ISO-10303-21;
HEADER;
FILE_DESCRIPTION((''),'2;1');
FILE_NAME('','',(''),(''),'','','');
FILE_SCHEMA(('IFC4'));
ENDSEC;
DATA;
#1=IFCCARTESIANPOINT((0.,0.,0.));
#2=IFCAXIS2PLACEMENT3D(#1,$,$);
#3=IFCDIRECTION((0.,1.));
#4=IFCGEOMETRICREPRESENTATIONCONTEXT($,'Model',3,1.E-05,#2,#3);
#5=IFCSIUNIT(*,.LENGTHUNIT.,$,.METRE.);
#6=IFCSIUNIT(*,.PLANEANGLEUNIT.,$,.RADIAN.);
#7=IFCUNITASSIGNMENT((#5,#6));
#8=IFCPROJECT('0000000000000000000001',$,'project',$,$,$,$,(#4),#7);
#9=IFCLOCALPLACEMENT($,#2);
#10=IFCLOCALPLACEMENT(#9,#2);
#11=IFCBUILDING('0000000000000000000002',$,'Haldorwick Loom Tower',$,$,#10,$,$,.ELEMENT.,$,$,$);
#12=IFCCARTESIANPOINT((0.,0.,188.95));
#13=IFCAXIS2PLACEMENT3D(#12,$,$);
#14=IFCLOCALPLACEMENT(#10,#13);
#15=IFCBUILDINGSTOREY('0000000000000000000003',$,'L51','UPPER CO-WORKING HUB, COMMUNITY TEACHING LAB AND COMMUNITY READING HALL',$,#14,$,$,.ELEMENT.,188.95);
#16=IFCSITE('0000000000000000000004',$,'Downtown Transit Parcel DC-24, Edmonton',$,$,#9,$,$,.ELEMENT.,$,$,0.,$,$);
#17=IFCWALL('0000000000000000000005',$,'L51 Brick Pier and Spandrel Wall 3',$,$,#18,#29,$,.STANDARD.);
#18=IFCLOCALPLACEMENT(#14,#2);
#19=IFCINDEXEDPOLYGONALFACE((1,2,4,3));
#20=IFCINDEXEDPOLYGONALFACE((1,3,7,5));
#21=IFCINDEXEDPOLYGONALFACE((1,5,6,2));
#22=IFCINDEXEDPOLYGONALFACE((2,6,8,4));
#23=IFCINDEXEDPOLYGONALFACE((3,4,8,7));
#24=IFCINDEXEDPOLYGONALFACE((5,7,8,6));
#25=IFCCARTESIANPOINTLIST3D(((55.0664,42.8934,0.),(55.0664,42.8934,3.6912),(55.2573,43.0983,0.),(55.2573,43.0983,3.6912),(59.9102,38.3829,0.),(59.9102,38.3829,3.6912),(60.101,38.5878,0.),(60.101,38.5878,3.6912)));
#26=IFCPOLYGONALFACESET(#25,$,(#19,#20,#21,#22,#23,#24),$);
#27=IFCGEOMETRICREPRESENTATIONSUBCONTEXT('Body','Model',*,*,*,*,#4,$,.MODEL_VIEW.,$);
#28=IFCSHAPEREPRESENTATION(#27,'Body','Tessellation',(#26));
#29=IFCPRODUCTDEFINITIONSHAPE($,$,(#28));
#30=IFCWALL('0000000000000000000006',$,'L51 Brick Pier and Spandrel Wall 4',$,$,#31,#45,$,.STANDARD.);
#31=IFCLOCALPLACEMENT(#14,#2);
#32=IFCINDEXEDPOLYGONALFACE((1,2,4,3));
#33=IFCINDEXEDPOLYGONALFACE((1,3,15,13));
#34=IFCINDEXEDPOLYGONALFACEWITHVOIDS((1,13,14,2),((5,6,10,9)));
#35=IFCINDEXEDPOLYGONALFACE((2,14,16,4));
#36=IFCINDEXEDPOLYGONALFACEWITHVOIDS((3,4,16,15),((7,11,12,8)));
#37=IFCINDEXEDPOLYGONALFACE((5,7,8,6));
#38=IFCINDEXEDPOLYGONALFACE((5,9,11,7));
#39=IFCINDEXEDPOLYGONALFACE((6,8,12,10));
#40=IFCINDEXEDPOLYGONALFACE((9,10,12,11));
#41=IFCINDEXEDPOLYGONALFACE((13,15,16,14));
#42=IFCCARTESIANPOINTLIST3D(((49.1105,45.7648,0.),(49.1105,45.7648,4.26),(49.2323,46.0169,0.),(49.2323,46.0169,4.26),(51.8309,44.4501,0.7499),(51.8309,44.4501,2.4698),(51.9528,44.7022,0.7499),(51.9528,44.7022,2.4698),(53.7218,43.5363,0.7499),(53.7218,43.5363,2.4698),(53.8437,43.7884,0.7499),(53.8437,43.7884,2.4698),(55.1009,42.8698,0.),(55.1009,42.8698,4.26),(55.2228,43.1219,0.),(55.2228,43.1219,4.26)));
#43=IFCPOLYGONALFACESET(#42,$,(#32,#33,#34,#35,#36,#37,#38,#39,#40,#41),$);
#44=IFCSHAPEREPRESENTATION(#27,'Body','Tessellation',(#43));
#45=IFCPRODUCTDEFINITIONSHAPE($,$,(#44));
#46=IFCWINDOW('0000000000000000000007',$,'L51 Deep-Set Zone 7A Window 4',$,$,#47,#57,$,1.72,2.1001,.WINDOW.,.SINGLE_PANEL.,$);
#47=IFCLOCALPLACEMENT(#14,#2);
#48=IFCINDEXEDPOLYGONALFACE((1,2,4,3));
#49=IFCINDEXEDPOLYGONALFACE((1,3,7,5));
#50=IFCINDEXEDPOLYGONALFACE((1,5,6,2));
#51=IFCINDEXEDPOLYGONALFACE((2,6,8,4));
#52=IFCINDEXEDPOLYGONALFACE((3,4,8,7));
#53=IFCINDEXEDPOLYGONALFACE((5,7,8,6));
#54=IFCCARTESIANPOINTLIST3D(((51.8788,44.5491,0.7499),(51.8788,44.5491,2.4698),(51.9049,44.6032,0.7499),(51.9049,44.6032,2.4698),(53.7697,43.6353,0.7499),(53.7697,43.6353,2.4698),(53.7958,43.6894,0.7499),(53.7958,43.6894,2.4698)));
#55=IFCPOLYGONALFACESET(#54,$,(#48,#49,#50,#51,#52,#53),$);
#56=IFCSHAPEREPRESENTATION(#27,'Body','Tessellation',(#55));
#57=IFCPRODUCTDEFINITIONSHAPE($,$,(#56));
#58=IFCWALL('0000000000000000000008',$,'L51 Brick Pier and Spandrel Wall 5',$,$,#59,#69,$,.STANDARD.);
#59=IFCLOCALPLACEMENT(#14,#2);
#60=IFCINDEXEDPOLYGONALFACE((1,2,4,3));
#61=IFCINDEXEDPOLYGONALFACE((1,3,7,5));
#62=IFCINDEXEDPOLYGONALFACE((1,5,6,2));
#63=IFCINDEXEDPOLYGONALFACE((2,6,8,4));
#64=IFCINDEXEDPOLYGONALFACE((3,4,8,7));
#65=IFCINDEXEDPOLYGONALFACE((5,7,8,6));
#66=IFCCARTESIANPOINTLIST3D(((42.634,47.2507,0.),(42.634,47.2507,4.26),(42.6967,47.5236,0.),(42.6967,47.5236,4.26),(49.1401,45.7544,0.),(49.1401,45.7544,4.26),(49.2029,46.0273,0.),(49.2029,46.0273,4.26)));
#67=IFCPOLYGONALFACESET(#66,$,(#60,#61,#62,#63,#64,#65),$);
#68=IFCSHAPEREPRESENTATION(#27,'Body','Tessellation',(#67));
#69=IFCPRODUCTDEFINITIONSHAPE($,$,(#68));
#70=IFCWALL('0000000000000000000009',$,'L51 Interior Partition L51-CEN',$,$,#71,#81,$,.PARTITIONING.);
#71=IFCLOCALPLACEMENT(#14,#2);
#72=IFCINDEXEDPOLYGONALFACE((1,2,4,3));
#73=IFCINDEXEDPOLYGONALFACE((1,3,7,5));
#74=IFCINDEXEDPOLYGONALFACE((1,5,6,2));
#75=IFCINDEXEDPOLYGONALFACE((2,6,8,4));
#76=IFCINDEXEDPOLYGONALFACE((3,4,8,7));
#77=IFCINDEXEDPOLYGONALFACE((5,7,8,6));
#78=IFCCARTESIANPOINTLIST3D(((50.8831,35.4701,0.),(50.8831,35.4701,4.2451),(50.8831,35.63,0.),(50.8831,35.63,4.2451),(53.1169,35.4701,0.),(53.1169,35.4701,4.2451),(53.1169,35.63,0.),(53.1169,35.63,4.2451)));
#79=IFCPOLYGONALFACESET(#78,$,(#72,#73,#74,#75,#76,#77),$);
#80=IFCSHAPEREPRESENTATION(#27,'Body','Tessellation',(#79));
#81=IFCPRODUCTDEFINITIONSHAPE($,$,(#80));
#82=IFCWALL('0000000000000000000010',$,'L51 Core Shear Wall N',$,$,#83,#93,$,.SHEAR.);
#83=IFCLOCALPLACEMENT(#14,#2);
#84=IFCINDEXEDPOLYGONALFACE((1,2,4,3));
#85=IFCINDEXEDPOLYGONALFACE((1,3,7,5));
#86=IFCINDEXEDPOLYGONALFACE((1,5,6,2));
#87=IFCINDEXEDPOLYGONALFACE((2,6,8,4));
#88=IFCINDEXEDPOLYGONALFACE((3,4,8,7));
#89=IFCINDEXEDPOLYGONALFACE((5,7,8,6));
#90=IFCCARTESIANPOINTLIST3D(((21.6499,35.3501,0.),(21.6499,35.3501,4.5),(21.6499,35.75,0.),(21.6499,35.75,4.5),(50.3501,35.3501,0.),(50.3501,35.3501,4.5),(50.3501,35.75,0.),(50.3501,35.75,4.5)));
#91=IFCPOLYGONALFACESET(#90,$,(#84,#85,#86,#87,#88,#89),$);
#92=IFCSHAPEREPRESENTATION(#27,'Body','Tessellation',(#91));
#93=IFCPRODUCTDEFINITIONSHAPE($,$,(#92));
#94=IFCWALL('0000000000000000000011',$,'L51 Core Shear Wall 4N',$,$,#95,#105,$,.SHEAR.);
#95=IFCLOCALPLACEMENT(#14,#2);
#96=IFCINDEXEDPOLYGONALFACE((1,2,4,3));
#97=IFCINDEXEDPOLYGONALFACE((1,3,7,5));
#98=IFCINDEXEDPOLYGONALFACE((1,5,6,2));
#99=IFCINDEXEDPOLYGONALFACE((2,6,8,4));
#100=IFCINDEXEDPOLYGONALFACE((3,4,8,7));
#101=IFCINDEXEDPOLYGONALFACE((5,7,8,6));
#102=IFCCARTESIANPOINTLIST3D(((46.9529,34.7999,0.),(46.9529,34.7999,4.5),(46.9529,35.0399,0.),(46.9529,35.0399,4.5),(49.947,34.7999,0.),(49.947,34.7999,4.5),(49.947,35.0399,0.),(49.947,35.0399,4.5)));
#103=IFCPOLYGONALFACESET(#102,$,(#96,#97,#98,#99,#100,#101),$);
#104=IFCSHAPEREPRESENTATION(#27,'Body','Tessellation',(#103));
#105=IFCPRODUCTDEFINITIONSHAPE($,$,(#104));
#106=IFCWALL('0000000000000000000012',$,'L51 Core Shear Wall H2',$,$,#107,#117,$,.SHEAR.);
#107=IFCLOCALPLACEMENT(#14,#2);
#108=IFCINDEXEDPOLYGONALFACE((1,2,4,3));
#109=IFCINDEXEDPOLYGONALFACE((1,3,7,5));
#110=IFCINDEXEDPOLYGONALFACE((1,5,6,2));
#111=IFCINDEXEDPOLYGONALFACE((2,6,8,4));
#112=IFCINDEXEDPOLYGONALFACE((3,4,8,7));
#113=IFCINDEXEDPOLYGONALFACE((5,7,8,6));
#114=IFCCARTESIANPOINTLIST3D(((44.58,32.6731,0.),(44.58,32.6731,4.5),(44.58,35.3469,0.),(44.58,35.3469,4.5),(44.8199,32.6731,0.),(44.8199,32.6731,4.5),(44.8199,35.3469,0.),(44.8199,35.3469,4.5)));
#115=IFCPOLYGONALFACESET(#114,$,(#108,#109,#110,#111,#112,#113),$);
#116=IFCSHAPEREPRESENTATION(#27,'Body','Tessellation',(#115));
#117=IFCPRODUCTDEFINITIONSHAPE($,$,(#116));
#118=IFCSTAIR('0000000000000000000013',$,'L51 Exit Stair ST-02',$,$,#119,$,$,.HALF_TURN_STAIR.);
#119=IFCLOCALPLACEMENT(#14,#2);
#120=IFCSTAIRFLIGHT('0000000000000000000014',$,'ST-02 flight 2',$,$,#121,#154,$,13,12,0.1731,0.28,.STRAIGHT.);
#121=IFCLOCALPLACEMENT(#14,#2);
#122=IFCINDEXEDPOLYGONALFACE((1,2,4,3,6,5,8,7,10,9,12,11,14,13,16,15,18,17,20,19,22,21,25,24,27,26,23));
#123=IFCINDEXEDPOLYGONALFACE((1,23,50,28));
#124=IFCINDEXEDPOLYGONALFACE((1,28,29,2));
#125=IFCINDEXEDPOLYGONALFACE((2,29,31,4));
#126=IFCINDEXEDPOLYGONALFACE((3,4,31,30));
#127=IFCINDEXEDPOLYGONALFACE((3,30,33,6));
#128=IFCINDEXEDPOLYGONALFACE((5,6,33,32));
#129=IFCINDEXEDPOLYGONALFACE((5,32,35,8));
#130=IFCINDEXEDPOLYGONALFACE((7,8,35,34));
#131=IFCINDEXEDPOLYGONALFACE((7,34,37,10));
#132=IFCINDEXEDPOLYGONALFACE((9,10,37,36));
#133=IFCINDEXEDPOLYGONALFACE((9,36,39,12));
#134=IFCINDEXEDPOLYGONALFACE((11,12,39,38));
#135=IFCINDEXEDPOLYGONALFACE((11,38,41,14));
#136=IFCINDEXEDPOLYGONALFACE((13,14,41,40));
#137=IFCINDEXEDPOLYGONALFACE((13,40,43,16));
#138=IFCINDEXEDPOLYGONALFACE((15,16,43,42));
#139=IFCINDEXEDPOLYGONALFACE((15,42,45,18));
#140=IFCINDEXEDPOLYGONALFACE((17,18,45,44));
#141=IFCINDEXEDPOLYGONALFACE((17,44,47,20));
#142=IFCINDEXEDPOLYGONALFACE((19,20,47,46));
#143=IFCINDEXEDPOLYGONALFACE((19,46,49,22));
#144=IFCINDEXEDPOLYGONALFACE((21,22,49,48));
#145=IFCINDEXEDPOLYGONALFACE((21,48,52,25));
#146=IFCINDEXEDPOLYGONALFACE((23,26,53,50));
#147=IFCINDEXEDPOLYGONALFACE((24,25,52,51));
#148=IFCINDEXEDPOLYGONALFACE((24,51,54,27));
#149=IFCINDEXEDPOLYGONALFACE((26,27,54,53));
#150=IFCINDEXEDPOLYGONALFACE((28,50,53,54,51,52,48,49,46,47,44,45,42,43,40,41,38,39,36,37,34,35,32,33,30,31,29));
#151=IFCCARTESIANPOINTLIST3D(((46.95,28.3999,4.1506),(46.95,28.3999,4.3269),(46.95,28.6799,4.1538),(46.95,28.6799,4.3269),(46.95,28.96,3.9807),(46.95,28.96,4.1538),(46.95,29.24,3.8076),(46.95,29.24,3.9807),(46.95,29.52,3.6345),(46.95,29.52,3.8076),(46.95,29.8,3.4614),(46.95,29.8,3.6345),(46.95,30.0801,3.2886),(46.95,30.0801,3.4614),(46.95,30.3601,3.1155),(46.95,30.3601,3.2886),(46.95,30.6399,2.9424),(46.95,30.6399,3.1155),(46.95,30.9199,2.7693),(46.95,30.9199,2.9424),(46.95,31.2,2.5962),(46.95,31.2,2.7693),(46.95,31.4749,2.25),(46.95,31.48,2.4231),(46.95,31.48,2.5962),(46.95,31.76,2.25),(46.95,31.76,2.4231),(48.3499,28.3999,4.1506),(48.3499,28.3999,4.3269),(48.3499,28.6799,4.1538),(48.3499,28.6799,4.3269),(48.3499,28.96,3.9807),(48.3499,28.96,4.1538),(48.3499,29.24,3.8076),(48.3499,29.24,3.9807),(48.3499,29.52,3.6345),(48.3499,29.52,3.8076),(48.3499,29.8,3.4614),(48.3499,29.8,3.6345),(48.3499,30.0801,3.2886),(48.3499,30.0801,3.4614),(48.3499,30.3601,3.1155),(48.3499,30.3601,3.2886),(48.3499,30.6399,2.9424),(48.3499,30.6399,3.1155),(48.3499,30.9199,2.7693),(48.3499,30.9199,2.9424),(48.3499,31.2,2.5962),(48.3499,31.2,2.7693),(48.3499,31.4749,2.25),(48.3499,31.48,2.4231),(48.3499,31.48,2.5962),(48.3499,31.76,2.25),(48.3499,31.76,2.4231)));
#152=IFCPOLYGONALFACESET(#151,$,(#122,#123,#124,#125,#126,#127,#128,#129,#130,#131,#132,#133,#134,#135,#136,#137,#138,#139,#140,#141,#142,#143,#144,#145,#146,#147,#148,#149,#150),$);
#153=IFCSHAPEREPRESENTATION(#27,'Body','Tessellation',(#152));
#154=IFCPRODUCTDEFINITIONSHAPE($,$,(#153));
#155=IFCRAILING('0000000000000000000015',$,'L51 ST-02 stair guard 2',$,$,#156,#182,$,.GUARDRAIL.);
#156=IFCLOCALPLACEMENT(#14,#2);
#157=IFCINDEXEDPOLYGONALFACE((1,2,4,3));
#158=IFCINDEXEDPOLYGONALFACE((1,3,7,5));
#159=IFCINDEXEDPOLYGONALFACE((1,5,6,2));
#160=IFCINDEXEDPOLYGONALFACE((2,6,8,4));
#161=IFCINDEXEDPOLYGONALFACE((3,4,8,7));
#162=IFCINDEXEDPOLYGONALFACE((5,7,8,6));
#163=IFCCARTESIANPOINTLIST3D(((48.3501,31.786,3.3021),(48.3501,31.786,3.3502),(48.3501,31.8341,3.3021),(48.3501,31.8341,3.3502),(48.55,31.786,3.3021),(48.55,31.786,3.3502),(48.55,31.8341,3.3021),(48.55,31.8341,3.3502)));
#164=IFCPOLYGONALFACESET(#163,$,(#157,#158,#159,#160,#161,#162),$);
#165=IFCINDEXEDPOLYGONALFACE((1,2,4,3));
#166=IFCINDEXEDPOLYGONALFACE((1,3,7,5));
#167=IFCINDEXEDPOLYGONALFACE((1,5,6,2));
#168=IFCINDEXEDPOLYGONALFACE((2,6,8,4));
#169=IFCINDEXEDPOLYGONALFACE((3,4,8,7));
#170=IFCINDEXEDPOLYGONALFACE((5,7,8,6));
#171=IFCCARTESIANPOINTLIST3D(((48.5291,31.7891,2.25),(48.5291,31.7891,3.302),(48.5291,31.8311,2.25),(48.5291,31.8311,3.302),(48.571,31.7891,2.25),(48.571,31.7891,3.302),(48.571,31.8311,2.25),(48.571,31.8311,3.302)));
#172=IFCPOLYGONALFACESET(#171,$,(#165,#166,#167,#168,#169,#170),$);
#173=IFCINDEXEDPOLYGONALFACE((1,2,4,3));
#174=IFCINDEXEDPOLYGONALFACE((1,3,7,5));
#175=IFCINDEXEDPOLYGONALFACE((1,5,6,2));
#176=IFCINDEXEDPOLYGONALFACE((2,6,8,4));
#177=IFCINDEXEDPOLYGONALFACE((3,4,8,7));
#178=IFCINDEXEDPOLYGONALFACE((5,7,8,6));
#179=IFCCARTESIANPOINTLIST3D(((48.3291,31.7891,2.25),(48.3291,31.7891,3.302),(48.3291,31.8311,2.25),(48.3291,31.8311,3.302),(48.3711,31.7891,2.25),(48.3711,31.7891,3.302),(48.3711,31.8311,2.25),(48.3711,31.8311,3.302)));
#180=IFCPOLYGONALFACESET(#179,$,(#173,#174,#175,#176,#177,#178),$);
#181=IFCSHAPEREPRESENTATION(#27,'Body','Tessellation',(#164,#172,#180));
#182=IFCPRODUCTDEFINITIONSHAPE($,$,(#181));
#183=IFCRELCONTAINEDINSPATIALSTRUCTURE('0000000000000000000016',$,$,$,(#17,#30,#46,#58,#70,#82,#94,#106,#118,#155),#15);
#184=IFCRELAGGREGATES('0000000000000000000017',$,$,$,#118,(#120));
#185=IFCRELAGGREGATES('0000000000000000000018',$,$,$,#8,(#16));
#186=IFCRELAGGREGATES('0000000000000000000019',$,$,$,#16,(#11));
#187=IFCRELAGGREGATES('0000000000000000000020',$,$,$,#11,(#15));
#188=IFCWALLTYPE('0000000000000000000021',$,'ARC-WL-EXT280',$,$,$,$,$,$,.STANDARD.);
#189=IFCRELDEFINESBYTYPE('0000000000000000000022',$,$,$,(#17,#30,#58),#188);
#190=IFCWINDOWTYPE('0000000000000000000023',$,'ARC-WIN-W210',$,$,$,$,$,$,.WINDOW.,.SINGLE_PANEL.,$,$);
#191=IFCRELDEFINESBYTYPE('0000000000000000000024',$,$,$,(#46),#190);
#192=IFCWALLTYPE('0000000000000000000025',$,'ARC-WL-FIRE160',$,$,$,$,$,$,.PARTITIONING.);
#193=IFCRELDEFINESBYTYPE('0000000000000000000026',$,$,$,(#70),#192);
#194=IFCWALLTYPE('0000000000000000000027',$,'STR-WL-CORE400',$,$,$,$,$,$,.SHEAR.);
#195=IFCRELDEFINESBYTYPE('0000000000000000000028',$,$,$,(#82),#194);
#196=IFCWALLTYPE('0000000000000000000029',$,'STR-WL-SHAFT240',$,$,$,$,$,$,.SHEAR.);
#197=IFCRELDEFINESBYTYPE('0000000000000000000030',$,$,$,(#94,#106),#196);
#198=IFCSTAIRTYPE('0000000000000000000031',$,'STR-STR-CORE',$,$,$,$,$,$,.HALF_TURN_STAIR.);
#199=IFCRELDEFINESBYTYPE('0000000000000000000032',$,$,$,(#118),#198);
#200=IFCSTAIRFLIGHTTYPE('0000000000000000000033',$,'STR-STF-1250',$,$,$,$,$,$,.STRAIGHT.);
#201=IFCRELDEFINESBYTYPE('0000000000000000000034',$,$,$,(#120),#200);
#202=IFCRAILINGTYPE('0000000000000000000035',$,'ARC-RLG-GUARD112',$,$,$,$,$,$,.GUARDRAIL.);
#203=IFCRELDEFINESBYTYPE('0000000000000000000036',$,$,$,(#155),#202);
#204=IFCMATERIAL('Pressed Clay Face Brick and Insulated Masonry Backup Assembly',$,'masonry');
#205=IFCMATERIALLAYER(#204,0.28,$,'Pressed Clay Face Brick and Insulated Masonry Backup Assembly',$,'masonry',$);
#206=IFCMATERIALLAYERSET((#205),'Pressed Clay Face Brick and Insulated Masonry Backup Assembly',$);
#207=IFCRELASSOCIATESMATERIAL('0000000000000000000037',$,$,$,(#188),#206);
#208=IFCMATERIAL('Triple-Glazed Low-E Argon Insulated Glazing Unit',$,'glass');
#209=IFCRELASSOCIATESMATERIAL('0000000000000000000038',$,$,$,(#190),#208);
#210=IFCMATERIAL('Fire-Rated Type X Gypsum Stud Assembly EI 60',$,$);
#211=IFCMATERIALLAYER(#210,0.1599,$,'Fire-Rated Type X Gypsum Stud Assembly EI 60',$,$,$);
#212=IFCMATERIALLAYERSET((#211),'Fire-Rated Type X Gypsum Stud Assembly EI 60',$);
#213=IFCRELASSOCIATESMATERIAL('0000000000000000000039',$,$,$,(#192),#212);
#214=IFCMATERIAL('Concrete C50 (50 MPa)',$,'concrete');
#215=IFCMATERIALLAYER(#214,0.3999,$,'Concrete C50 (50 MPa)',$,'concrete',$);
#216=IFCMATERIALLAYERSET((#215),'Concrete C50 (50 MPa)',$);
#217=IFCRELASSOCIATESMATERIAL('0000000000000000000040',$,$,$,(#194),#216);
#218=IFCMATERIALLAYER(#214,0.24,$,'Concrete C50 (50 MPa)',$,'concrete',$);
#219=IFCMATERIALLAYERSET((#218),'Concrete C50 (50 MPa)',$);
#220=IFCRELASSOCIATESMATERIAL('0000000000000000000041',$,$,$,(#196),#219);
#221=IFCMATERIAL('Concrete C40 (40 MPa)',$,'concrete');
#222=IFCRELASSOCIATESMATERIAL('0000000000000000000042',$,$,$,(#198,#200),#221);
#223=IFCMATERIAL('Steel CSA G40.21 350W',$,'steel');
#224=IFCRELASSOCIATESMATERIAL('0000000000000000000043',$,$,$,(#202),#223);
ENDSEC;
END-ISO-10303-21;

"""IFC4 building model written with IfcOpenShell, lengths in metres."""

from ifc_helpers import new_model, si_unit, direction, frame, frame_2d, origin, origin_2d, place, context, subcontext, project, spatial, polyline, rectangle, outline, extrude, material, layer, layer_set, type_object, element, fill, aggregate, save


model = new_model("IFC4")

# Units and contexts
model_context = context("Model", 3, precision=1e-05, world=origin(), true_north=direction((0.0, 1.0)))
body_context = subcontext(model_context, "Body", "Model", "MODEL_VIEW")
ifc_project = project(units=[si_unit("LENGTHUNIT", "METRE"), si_unit("PLANEANGLEUNIT", "RADIAN")], contexts=[model_context])

# Site, building, storey
site_placement = place(None, origin())
site = spatial("IfcSite", under=ifc_project, at=site_placement, Name="Downtown Transit Parcel DC-24, Edmonton", CompositionType="ELEMENT", RefElevation=0.0)
building_placement = place(site_placement, origin())
building = spatial("IfcBuilding", under=site, at=building_placement, Name="Haldorwick Loom Tower", CompositionType="ELEMENT")
storey_placement = place(building_placement, frame((0.0, 0.0, 188.95)))
storey = spatial("IfcBuildingStorey", under=building, at=storey_placement, Name="L51", Description="UPPER CO-WORKING HUB, COMMUNITY TEACHING LAB AND COMMUNITY READING HALL", CompositionType="ELEMENT", Elevation=188.95)

# Shared definitions
ifc_material_1 = material(Name="Steel CSA G40.21 350W", Category="steel")

# Wall
ifc_material_2 = material(Name="Pressed Clay Face Brick and Insulated Masonry Backup Assembly", Category="masonry")
ifc_layer_1 = layer(ifc_material_2, 0.28, Name="Pressed Clay Face Brick and Insulated Masonry Backup Assembly", Category="masonry")
ifc_layer_set_1 = layer_set([ifc_layer_1], Name="Pressed Clay Face Brick and Insulated Masonry Backup Assembly")
wall_type_1 = type_object("IfcWallType", Name="ARC-WL-EXT280", PredefinedType="STANDARD", material=ifc_layer_set_1)
wall_1_placement = place(storey_placement, frame((60.0056, 38.4854, 0.0), z_axis=(0.0, 0.0, 1.0), x_axis=(-0.731834, 0.681483, 0.0)))
element("IfcWall", 1, at=wall_1_placement, inside=storey, type_object=wall_type_1, Name="L51 Brick Pier and Spandrel Wall 3", PredefinedType="STANDARD", context=body_context, shape_type="SweptSolid", body=[
    extrude(rectangle(XDim=6.6187, YDim=0.28, at=frame_2d((3.3093, 0.0))), origin(), (0.0, 0.0, 1.0), 3.6912),
])

# Wall, opening, window
wall_2_placement = place(storey_placement, frame((55.1619, 42.9958, 0.0), z_axis=(0.0, 0.0, 1.0), x_axis=(-0.900371, 0.435123, 0.0)))
wall_2 = element("IfcWall", 2, at=wall_2_placement, inside=storey, type_object=wall_type_1, Name="L51 Brick Pier and Spandrel Wall 4", PredefinedType="STANDARD", context=body_context, shape_type="SweptSolid", body=[
    extrude(rectangle(XDim=6.6533, YDim=0.28, at=frame_2d((3.3267, 0.0))), origin(), (0.0, 0.0, 1.0), 4.26),
])
opening_placement = place(wall_2_placement, frame((1.5317, 0.0, 0.75)))
opening = element("IfcOpeningElement", 3, at=opening_placement, cuts=wall_2, PredefinedType="OPENING", context=body_context, shape_type="SweptSolid", body=[
    extrude(rectangle(XDim=2.1001, YDim=1.72, at=frame_2d((1.05, 0.8599))), frame((0.0, 0.1499, 0.0), z_axis=(0.0, -1.0, 0.0), x_axis=(1.0, 0.0, 0.0)), (0.0, 0.0, 1.0), 0.3),
])
ifc_material_3 = material(Name="Triple-Glazed Low-E Argon Insulated Glazing Unit", Category="glass")
window_type = type_object("IfcWindowType", Name="ARC-WIN-W210", PartitioningType="SINGLE_PANEL", PredefinedType="WINDOW", material=ifc_material_3)
window_placement = place(opening_placement, origin())
window = element("IfcWindow", 4, at=window_placement, inside=storey, type_object=window_type, Name="L51 Deep-Set Zone 7A Window 4", OverallHeight=1.72, OverallWidth=2.1001, PartitioningType="SINGLE_PANEL", PredefinedType="WINDOW", context=body_context, shape_type="SweptSolid", body=[
    extrude(rectangle(XDim=2.1001, YDim=1.72, at=frame_2d((1.05, 0.8599))), frame((0.0, 0.03, 0.0), z_axis=(0.0, -1.0, 0.0), x_axis=(1.0, 0.0, 0.0)), (0.0, 0.0, 1.0), 0.0601),
])
fill(opening, window)

# Walls
wall_3_placement = place(storey_placement, frame((49.1714, 45.8909, 0.0), z_axis=(0.0, 0.0, 1.0), x_axis=(-0.974557, 0.224138, 0.0)))
element("IfcWall", 5, at=wall_3_placement, inside=storey, type_object=wall_type_1, Name="L51 Brick Pier and Spandrel Wall 5", PredefinedType="STANDARD", context=body_context, shape_type="SweptSolid", body=[
    extrude(rectangle(XDim=6.676, YDim=0.28, at=frame_2d((3.3379, 0.0))), origin(), (0.0, 0.0, 1.0), 4.26),
])
ifc_material_4 = material(Name="Fire-Rated Type X Gypsum Stud Assembly EI 60")
ifc_layer_2 = layer(ifc_material_4, 0.1599, Name="Fire-Rated Type X Gypsum Stud Assembly EI 60")
ifc_layer_set_2 = layer_set([ifc_layer_2], Name="Fire-Rated Type X Gypsum Stud Assembly EI 60")
wall_type_2 = type_object("IfcWallType", Name="ARC-WL-FIRE160", PredefinedType="PARTITIONING", material=ifc_layer_set_2)
wall_4_placement = place(storey_placement, frame((50.8831, 35.55, 0.0), z_axis=(0.0, 0.0, 1.0), x_axis=(1.0, 0.0, 0.0)))
element("IfcWall", 6, at=wall_4_placement, inside=storey, type_object=wall_type_2, Name="L51 Interior Partition L51-CEN", PredefinedType="PARTITIONING", context=body_context, shape_type="SweptSolid", body=[
    extrude(rectangle(XDim=2.2339, YDim=0.1599, at=frame_2d((1.1169, 0.0))), origin(), (0.0, 0.0, 1.0), 4.2451),
])
ifc_material_5 = material(Name="Concrete C50 (50 MPa)", Category="concrete")
ifc_layer_3 = layer(ifc_material_5, 0.3999, Name="Concrete C50 (50 MPa)", Category="concrete")
ifc_layer_set_3 = layer_set([ifc_layer_3], Name="Concrete C50 (50 MPa)")
wall_type_3 = type_object("IfcWallType", Name="STR-WL-CORE400", PredefinedType="SHEAR", material=ifc_layer_set_3)
wall_5_placement = place(storey_placement, frame((50.3501, 35.55, 0.0), z_axis=(0.0, 0.0, 1.0), x_axis=(-1.0, 0.0, 0.0)))
element("IfcWall", 7, at=wall_5_placement, inside=storey, type_object=wall_type_3, Name="L51 Core Shear Wall N", PredefinedType="SHEAR", context=body_context, shape_type="SweptSolid", body=[
    extrude(rectangle(XDim=28.7002, YDim=0.3999, at=frame_2d((14.3501, 0.0))), origin(), (0.0, 0.0, 1.0), 4.5),
])
ifc_layer_4 = layer(ifc_material_5, 0.24, Name="Concrete C50 (50 MPa)", Category="concrete")
ifc_layer_set_4 = layer_set([ifc_layer_4], Name="Concrete C50 (50 MPa)")
wall_type_4 = type_object("IfcWallType", Name="STR-WL-SHAFT240", PredefinedType="SHEAR", material=ifc_layer_set_4)
wall_6_placement = place(storey_placement, frame((46.9529, 34.9199, 0.0), z_axis=(0.0, 0.0, 1.0), x_axis=(1.0, 0.0, 0.0)))
element("IfcWall", 8, at=wall_6_placement, inside=storey, type_object=wall_type_4, Name="L51 Core Shear Wall 4N", PredefinedType="SHEAR", context=body_context, shape_type="SweptSolid", body=[
    extrude(rectangle(XDim=2.9941, YDim=0.24, at=frame_2d((1.4971, 0.0))), origin(), (0.0, 0.0, 1.0), 4.5),
])
wall_7_placement = place(storey_placement, frame((44.7, 32.6731, 0.0), z_axis=(0.0, 0.0, 1.0), x_axis=(0.0, 1.0, 0.0)))
element("IfcWall", 9, at=wall_7_placement, inside=storey, type_object=wall_type_4, Name="L51 Core Shear Wall H2", PredefinedType="SHEAR", context=body_context, shape_type="SweptSolid", body=[
    extrude(rectangle(XDim=2.6738, YDim=0.24, at=frame_2d((1.3369, 0.0))), origin(), (0.0, 0.0, 1.0), 4.5),
])

# Stair, stair flight
ifc_material_6 = material(Name="Concrete C40 (40 MPa)", Category="concrete")
stair_type = type_object("IfcStairType", Name="STR-STR-CORE", PredefinedType="HALF_TURN_STAIR", material=ifc_material_6)
stair_placement = place(storey_placement, origin())
stair = element("IfcStair", 10, at=stair_placement, inside=storey, type_object=stair_type, Name="L51 Exit Stair ST-02", PredefinedType="HALF_TURN_STAIR")
stair_flight_type = type_object("IfcStairFlightType", Name="STR-STF-1250", PredefinedType="STRAIGHT", material=ifc_material_6)
stair_flight_placement = place(storey_placement, frame((47.6499, 31.76, 2.25), z_axis=(0.0, 0.0, 1.0), x_axis=(0.0, -1.0, 0.0)))
stair_flight = element("IfcStairFlight", 11, at=stair_flight_placement, type_object=stair_flight_type, Name="ST-02 flight 2", NumberOfRisers=13, NumberOfTreads=12, PredefinedType="STRAIGHT", RiserHeight=0.1731, TreadLength=0.28, context=body_context, shape_type="SweptSolid", body=[
    extrude(outline(polyline([(0.0, 0.0), (0.0, 0.1731), (0.28, 0.1731), (0.28, 0.3462), (0.5601, 0.3462), (0.5601, 0.5193), (0.8401, 0.5193), (0.8401, 0.6924), (1.1201, 0.6924), (1.1201, 0.8655), (1.3999, 0.8655), (1.3999, 1.0386), (1.6799, 1.0386), (1.6799, 1.2114), (1.96, 1.2114), (1.96, 1.3845), (2.24, 1.3845), (2.24, 1.5576), (2.52, 1.5576), (2.52, 1.7307), (2.8, 1.7307), (2.8, 1.9038), (3.0801, 1.9038), (3.0801, 2.0769), (3.3601, 2.0769), (3.3601, 2.25), (3.3601, 1.9006), (0.2852, 0.0), (0.0, 0.0)])), frame((0.0, 0.7, 0.0), z_axis=(0.0, -1.0, 0.0), x_axis=(1.0, 0.0, 0.0)), (0.0, 0.0, 1.0), 1.3999),
])
aggregate(stair, [stair_flight])

# Railing
railing_type_1 = type_object("IfcRailingType", Name="ARC-RLG-GUARD112", PredefinedType="GUARDRAIL", material=ifc_material_1)
railing_1_placement = place(storey_placement, frame((48.55, 31.8101, 2.25)))
element("IfcRailing", 12, at=railing_1_placement, inside=storey, type_object=railing_type_1, Name="L51 ST-02 stair guard 2", PredefinedType="GUARDRAIL", context=body_context, shape_type="SweptSolid", body=[
    extrude(rectangle(XDim=0.0481, YDim=0.0481, at=origin_2d()), frame((0.0, 0.0, 1.0762), z_axis=(-1.0, 0.0, 0.0), x_axis=(0.0, -1.0, 0.0)), (0.0, 0.0, 1.0), 0.2),
    extrude(rectangle(XDim=0.042, YDim=0.042, at=origin_2d()), origin(), (0.0, 0.0, 1.0), 1.052),
    extrude(rectangle(XDim=0.042, YDim=0.042, at=origin_2d()), frame((-0.2, 0.0, 0.0)), (0.0, 0.0, 1.0), 1.052),
])

save(model, "model.ifc")
